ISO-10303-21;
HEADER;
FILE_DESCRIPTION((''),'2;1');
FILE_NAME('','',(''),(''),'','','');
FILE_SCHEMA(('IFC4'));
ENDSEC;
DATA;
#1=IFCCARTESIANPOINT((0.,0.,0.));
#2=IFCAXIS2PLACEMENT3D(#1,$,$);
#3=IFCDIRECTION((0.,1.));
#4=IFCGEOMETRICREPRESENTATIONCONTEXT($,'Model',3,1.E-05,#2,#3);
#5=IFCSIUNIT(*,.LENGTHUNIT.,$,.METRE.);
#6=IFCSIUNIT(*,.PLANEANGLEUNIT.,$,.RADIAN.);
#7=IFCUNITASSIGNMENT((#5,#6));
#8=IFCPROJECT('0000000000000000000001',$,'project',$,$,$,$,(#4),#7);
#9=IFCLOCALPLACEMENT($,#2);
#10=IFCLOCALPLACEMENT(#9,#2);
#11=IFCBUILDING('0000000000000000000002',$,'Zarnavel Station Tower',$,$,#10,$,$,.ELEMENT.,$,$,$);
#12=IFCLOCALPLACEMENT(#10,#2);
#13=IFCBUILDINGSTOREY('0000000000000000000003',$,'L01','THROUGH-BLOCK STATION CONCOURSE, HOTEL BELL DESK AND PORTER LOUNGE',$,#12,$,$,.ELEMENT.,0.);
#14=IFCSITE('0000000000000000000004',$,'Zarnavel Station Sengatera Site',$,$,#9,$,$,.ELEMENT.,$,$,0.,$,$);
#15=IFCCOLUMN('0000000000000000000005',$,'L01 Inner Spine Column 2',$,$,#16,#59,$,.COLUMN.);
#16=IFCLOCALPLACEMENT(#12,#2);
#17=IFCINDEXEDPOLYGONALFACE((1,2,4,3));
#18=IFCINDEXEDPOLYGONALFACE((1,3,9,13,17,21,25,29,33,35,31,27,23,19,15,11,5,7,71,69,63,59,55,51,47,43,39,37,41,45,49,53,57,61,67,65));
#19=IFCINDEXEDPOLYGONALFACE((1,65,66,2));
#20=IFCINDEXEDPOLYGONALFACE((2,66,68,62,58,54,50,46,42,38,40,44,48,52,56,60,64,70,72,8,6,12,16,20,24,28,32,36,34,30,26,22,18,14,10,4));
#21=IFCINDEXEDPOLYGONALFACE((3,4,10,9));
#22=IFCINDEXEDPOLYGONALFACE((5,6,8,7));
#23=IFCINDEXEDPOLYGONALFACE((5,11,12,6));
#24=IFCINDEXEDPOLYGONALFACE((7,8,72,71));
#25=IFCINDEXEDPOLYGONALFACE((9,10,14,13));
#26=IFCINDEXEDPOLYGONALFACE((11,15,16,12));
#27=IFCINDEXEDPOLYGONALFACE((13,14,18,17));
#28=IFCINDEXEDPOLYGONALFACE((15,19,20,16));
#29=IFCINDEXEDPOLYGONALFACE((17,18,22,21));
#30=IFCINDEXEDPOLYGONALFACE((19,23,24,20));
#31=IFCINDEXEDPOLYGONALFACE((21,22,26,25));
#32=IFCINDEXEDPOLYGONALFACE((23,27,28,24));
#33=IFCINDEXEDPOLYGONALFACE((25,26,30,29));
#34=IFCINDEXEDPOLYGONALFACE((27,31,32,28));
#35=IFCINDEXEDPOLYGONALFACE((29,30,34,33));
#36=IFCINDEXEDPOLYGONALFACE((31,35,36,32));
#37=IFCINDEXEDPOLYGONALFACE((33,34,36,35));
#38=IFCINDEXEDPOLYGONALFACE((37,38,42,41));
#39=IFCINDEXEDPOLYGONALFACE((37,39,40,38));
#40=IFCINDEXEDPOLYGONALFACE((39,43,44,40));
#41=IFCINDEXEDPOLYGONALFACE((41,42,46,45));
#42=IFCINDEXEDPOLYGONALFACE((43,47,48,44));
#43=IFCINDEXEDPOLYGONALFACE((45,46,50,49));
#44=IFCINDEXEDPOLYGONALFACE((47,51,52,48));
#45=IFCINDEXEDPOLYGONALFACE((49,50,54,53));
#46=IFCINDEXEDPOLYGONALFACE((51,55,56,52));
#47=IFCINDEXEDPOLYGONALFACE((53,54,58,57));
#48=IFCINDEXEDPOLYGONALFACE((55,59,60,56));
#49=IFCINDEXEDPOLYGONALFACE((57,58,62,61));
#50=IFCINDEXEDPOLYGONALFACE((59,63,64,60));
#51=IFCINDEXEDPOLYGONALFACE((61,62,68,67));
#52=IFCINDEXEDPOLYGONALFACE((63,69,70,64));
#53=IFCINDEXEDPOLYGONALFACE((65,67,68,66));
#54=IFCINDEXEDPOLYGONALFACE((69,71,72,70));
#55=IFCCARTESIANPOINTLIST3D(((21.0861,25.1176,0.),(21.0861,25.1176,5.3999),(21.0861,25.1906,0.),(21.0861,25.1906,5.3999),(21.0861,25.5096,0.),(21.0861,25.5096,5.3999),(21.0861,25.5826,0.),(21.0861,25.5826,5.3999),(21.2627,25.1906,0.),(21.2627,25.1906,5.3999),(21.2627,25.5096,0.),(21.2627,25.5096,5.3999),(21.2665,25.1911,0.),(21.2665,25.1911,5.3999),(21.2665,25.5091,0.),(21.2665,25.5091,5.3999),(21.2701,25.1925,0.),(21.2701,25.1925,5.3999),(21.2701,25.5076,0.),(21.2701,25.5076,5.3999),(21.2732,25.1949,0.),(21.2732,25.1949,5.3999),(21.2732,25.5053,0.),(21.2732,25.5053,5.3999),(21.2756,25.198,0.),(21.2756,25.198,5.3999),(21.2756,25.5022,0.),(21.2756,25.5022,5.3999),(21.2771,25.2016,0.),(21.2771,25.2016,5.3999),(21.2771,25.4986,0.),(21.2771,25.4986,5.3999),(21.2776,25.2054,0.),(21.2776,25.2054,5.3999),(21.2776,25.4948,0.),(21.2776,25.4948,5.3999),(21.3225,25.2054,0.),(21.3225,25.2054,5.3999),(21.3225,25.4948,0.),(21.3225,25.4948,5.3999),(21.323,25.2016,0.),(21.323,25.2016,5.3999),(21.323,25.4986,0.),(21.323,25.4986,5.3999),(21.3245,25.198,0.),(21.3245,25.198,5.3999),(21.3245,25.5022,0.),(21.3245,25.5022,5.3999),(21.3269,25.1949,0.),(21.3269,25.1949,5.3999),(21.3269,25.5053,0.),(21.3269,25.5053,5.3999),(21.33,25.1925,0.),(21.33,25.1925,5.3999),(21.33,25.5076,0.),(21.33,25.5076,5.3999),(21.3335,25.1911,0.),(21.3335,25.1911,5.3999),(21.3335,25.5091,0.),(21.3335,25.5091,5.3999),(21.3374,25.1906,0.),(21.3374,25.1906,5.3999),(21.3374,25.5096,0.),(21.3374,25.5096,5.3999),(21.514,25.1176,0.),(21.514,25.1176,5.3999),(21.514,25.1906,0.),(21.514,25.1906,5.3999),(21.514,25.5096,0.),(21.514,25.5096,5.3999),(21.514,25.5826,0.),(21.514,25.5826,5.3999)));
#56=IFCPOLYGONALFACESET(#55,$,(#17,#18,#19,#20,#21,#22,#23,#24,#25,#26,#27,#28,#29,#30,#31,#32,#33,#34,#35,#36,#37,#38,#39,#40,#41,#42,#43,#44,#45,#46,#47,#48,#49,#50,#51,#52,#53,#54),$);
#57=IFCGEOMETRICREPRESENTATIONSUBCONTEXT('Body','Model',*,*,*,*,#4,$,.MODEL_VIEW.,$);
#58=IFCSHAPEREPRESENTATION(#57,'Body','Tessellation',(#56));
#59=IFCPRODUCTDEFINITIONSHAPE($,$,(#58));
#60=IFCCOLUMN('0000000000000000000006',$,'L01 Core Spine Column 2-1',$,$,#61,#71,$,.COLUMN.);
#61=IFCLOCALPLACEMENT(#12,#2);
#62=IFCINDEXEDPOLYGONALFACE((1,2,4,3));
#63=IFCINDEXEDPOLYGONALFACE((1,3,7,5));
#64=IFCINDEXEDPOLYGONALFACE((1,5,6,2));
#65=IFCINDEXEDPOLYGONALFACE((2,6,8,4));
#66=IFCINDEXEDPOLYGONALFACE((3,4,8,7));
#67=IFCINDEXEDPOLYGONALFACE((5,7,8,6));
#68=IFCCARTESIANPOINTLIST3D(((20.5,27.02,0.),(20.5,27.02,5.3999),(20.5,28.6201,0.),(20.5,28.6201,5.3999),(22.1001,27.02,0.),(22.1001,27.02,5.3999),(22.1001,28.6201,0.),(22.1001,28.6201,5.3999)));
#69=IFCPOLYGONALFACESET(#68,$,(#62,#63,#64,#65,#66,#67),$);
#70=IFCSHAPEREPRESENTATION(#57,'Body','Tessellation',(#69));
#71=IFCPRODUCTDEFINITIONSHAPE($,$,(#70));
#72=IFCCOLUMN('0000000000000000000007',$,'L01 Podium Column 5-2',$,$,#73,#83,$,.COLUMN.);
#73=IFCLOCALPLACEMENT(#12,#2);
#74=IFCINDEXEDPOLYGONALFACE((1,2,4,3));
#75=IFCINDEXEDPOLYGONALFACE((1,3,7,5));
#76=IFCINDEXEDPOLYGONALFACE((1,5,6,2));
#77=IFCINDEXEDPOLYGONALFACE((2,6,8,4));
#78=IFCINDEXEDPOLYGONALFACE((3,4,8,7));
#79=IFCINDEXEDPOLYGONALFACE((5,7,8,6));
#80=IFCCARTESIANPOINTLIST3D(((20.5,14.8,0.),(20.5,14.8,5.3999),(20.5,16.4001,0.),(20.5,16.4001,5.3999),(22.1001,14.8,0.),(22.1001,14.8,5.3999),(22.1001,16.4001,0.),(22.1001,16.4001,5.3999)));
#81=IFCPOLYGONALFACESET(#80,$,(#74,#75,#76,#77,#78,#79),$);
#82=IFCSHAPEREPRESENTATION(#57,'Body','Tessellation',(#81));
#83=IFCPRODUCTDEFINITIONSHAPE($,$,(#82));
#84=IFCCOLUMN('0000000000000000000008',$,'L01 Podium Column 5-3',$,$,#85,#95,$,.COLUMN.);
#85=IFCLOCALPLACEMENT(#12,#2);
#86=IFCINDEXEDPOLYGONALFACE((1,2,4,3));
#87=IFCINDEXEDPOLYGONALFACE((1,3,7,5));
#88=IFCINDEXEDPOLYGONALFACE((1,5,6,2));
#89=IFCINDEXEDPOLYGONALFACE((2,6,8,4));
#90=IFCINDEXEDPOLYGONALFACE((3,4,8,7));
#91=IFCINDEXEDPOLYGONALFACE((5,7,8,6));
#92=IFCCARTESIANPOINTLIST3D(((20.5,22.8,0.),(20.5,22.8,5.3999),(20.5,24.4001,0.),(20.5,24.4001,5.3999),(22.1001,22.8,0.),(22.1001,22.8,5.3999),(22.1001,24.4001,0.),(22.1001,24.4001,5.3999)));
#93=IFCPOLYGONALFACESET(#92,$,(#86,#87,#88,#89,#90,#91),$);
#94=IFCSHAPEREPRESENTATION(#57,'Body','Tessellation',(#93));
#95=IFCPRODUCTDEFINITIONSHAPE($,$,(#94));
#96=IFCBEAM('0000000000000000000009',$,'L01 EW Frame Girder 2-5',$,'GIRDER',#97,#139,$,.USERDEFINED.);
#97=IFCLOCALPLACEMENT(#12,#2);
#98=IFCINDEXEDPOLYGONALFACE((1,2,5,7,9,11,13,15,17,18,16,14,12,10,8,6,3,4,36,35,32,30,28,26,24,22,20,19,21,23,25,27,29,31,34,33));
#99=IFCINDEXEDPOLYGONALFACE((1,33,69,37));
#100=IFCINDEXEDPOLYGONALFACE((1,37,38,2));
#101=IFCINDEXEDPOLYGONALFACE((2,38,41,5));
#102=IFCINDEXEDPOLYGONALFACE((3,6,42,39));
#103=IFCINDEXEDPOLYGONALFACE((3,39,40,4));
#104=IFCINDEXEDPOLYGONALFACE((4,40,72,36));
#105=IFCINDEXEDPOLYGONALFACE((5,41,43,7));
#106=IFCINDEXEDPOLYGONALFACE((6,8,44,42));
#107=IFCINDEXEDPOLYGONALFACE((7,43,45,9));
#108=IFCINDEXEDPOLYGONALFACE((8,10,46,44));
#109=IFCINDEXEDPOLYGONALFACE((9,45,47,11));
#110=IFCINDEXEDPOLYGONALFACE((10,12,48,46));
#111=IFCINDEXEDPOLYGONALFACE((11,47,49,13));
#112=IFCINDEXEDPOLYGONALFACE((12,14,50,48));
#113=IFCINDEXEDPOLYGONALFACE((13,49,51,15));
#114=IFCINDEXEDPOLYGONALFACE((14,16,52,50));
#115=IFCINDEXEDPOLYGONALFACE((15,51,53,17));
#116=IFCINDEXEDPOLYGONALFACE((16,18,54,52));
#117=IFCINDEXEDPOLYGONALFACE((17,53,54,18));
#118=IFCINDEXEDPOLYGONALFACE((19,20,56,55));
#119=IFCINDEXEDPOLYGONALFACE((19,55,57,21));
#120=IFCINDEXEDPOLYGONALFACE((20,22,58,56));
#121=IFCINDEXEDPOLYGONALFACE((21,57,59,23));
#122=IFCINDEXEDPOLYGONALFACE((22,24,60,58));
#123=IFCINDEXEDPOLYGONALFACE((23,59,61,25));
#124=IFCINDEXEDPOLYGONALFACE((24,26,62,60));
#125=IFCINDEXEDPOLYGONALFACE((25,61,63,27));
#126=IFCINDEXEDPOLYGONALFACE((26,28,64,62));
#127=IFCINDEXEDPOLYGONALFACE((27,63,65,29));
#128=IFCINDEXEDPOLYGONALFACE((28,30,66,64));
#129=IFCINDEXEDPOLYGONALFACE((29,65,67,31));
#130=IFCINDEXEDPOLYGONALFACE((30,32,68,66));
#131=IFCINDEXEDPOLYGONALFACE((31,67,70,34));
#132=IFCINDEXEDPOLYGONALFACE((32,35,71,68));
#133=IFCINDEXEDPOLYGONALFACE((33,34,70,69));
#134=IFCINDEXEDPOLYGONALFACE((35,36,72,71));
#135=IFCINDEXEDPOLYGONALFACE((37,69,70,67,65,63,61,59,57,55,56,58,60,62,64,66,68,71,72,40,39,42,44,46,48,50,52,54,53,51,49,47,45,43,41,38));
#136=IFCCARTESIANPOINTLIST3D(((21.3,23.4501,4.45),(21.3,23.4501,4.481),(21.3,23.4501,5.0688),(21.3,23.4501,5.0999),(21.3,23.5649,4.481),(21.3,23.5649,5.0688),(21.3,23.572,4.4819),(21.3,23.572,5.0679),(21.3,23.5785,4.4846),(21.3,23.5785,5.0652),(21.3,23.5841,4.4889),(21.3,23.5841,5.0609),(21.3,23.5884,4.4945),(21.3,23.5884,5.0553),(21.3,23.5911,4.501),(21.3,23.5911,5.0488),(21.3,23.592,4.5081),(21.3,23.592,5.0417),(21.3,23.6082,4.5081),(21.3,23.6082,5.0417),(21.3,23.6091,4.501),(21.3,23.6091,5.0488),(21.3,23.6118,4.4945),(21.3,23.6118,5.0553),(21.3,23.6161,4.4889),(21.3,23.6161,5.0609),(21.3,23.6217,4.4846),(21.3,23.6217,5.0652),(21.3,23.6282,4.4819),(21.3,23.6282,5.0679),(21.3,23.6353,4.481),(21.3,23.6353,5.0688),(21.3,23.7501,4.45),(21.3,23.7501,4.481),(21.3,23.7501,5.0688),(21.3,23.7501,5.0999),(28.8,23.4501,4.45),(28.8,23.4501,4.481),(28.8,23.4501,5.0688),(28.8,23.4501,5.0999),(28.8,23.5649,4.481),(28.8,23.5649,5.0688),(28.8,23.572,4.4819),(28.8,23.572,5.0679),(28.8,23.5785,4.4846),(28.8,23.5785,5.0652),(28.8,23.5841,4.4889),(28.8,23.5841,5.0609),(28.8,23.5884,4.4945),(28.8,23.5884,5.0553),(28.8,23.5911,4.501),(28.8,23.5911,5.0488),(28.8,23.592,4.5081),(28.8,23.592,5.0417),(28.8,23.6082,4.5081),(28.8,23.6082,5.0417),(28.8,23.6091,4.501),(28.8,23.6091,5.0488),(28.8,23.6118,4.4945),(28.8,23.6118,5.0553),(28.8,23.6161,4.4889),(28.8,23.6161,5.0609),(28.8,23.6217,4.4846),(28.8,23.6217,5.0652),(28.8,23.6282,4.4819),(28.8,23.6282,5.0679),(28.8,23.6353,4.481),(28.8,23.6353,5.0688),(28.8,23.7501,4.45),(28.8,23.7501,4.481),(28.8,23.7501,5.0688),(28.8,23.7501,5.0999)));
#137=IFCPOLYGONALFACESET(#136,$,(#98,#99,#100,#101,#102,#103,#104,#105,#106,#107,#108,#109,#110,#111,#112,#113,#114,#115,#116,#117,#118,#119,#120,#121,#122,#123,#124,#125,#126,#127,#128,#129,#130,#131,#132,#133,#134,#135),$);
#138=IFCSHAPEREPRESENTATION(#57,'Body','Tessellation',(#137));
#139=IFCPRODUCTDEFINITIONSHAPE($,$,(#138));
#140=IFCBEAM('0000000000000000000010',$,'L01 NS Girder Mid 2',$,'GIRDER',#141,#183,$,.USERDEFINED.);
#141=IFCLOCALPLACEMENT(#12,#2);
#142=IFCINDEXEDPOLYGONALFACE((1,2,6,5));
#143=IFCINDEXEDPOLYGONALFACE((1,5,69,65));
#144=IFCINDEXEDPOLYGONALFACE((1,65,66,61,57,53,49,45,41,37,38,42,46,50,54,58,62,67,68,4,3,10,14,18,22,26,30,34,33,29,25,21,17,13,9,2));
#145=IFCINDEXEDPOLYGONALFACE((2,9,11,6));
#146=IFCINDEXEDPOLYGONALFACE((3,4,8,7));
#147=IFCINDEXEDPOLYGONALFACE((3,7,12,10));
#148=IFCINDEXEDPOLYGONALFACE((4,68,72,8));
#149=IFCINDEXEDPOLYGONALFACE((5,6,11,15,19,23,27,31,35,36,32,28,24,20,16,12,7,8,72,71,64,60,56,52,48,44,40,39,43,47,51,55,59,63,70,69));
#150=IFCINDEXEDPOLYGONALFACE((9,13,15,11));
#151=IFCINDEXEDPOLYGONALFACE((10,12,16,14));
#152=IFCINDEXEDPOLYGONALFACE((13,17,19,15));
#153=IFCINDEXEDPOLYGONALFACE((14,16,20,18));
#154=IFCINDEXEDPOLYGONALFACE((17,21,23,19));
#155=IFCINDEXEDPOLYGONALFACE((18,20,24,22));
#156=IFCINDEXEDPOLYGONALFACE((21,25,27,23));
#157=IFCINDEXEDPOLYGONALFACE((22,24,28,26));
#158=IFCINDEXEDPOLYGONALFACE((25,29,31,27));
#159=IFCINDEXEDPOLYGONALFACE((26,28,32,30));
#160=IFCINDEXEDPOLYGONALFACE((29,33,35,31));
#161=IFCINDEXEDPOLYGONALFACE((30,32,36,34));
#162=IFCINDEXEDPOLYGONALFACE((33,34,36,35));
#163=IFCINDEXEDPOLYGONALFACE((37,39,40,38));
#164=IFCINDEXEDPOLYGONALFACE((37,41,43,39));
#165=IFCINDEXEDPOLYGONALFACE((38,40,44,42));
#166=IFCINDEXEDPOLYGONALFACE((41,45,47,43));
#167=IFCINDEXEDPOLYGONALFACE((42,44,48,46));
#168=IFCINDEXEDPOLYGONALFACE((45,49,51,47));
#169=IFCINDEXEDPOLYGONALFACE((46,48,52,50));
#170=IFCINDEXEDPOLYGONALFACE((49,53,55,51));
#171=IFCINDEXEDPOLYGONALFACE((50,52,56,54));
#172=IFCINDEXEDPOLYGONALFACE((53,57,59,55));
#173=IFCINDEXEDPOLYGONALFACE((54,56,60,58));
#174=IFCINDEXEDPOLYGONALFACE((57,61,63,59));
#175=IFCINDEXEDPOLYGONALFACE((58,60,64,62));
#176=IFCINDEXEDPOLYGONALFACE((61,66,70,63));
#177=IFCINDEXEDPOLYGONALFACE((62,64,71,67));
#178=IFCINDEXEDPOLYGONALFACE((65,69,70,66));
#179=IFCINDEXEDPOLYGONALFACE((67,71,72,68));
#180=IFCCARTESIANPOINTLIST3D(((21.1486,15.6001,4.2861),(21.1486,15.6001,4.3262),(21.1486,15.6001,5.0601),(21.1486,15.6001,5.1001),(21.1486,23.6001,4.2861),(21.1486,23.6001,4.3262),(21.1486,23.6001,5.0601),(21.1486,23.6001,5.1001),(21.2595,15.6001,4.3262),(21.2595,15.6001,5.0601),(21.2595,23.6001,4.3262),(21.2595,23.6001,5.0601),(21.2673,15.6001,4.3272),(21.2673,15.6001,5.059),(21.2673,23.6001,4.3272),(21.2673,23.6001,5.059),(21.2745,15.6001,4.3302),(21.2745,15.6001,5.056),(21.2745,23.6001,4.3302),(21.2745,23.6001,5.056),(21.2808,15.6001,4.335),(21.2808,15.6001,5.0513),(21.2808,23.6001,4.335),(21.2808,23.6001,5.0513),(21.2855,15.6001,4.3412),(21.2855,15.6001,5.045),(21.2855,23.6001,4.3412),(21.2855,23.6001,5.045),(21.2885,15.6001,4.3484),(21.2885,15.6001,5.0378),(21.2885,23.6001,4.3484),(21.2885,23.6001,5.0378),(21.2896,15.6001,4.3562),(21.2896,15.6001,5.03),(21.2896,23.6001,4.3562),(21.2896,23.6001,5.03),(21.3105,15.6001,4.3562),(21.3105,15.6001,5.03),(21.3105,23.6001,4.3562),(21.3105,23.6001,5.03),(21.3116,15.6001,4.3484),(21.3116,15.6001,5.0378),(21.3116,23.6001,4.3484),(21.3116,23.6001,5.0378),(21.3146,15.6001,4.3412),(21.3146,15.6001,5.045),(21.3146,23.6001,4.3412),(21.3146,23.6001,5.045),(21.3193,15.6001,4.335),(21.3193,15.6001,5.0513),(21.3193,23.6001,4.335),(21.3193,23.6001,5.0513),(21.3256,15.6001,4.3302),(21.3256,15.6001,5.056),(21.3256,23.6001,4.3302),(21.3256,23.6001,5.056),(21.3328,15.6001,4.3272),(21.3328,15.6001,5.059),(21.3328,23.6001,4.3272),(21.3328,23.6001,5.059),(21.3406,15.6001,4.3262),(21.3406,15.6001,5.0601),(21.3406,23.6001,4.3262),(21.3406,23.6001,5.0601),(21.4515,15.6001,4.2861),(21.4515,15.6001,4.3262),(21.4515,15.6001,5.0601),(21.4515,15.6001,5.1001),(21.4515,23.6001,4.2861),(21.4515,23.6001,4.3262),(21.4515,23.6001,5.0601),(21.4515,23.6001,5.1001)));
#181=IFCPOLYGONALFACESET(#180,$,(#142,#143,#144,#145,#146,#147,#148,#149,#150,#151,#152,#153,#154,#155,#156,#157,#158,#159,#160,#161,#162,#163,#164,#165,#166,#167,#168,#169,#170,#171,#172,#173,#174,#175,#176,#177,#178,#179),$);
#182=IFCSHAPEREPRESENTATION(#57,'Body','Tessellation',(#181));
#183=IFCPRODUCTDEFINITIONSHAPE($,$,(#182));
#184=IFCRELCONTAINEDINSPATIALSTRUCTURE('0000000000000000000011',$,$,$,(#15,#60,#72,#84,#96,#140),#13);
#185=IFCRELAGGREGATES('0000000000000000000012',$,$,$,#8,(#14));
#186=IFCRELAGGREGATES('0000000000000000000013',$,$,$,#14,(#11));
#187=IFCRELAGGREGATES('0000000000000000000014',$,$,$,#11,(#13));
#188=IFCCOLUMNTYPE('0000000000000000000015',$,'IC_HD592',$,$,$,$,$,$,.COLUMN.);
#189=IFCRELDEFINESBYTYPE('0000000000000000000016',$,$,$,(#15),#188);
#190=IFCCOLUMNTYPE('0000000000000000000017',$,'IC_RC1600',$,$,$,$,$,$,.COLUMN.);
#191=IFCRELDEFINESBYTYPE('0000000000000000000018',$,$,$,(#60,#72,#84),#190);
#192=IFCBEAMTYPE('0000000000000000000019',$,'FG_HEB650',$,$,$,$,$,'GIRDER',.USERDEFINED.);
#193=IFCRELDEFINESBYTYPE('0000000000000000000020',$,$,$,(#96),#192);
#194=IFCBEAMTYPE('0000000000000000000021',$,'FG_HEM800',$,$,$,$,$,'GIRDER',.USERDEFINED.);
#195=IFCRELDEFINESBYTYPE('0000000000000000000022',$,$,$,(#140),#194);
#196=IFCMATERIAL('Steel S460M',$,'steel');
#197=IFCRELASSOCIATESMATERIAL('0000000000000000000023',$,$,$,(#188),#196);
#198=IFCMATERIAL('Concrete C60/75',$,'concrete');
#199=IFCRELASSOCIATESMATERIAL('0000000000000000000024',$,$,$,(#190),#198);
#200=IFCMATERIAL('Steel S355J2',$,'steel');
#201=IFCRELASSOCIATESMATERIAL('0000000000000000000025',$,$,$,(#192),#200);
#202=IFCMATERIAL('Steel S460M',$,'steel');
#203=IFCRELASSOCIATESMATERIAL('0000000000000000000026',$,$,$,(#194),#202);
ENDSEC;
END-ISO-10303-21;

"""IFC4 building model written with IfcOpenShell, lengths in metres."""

from ifc_helpers import new_model, si_unit, direction, frame, origin, origin_2d, place, context, subcontext, project, spatial, rectangle, i_section, extrude, material, material_profile, profile_set, type_object, element, save


model = new_model("IFC4")

# Units and contexts
model_context = context("Model", 3, precision=1e-05, world=origin(), true_north=direction((0.0, 1.0)))
body_context = subcontext(model_context, "Body", "Model", "MODEL_VIEW")
ifc_project = project(units=[si_unit("LENGTHUNIT", "METRE"), si_unit("PLANEANGLEUNIT", "RADIAN")], contexts=[model_context])

# Site, building, storey
site_placement = place(None, origin())
site = spatial("IfcSite", under=ifc_project, at=site_placement, Name="Zarnavel Station Sengatera Site", CompositionType="ELEMENT", RefElevation=0.0)
building_placement = place(site_placement, origin())
building = spatial("IfcBuilding", under=site, at=building_placement, Name="Zarnavel Station Tower", CompositionType="ELEMENT")
storey_placement = place(building_placement, origin())
storey = spatial("IfcBuildingStorey", under=building, at=storey_placement, Name="L01", Description="THROUGH-BLOCK STATION CONCOURSE, HOTEL BELL DESK AND PORTER LOUNGE", CompositionType="ELEMENT", Elevation=0.0)

# Columns
ifc_material_1 = material(Name="Steel S460M", Category="steel")
ifc_material_profile_1 = material_profile(ifc_material_1, i_section(OverallWidth=0.428, OverallDepth=0.4651, WebThickness=0.0449, FlangeThickness=0.073, FilletRadius=0.0149, at=origin_2d()), Name="HD400x592")
ifc_profile_set_1 = profile_set([ifc_material_profile_1], Name="Steel S460M")
column_type_1 = type_object("IfcColumnType", Name="IC_HD592", PredefinedType="COLUMN", material=ifc_profile_set_1)
column_placement = place(storey_placement, frame((21.3, 25.3501, 0.0), z_axis=(0.0, 0.0, 1.0), x_axis=(1.0, 0.0, 0.0)))
element("IfcColumn", 1, at=column_placement, inside=storey, type_object=column_type_1, Name="L01 Inner Spine Column 2", PredefinedType="COLUMN", context=body_context, shape_type="SweptSolid", body=[
    extrude(i_section(OverallWidth=0.428, OverallDepth=0.4651, WebThickness=0.0449, FlangeThickness=0.073, FilletRadius=0.0149, at=origin_2d()), origin(), (0.0, 0.0, 1.0), 5.3999),
])
ifc_material_2 = material(Name="Concrete C60/75", Category="concrete")
ifc_material_profile_2 = material_profile(ifc_material_2, rectangle(XDim=1.6001, YDim=1.6001, at=origin_2d()), Name="RC1600x1600")
ifc_profile_set_2 = profile_set([ifc_material_profile_2], Name="Concrete C60/75")
column_type_2 = type_object("IfcColumnType", Name="IC_RC1600", PredefinedType="COLUMN", material=ifc_profile_set_2)
for number, where, z_axis, x_axis, name in (
    (2, (21.3, 27.8201, 0.0), (0.0, 0.0, 1.0), (1.0, 0.0, 0.0), "L01 Core Spine Column 2-1"),
    (3, (21.3, 15.6001, 0.0), (0.0, 0.0, 1.0), (1.0, 0.0, 0.0), "L01 Podium Column 5-2"),
    (4, (21.3, 23.6001, 0.0), (0.0, 0.0, 1.0), (1.0, 0.0, 0.0), "L01 Podium Column 5-3"),
):
    element("IfcColumn", number, at=place(storey_placement, frame(where, z_axis=z_axis, x_axis=x_axis)), inside=storey, type_object=column_type_2, Name=name, PredefinedType="COLUMN", context=body_context, shape_type="SweptSolid", body=[
        extrude(rectangle(XDim=1.6001, YDim=1.6001, at=origin_2d()), origin(), (0.0, 0.0, 1.0), 5.3999),
    ])

# Beams
ifc_material_3 = material(Name="Steel S355J2", Category="steel")
ifc_material_profile_3 = material_profile(ifc_material_3, i_section(OverallWidth=0.3, OverallDepth=0.6499, WebThickness=0.0161, FlangeThickness=0.031, FilletRadius=0.0271, at=origin_2d()), Name="HEB650")
ifc_profile_set_3 = profile_set([ifc_material_profile_3], Name="Steel S355J2")
beam_type_1 = type_object("IfcBeamType", Name="FG_HEB650", ElementType="GIRDER", PredefinedType="USERDEFINED", material=ifc_profile_set_3)
beam_1_placement = place(storey_placement, frame((21.3, 23.6001, 4.7749), z_axis=(1.0, 0.0, 0.0), x_axis=(0.0, 1.0, 0.0)))
element("IfcBeam", 5, at=beam_1_placement, inside=storey, type_object=beam_type_1, Name="L01 EW Frame Girder 2-5", ObjectType="GIRDER", PredefinedType="USERDEFINED", context=body_context, shape_type="SweptSolid", body=[
    extrude(i_section(OverallWidth=0.3, OverallDepth=0.6499, WebThickness=0.0161, FlangeThickness=0.031, FilletRadius=0.0271, at=origin_2d()), origin(), (0.0, 0.0, 1.0), 7.5),
])
ifc_material_4 = material(Name="Steel S460M", Category="steel")
ifc_material_profile_4 = material_profile(ifc_material_4, i_section(OverallWidth=0.303, OverallDepth=0.814, WebThickness=0.021, FlangeThickness=0.04, FilletRadius=0.03, at=origin_2d()), Name="HEM800")
ifc_profile_set_4 = profile_set([ifc_material_profile_4], Name="Steel S460M")
beam_type_2 = type_object("IfcBeamType", Name="FG_HEM800", ElementType="GIRDER", PredefinedType="USERDEFINED", material=ifc_profile_set_4)
beam_2_placement = place(storey_placement, frame((21.3, 15.6001, 4.6931), z_axis=(0.0, 1.0, 0.0), x_axis=(-1.0, 0.0, 0.0)))
element("IfcBeam", 6, at=beam_2_placement, inside=storey, type_object=beam_type_2, Name="L01 NS Girder Mid 2", ObjectType="GIRDER", PredefinedType="USERDEFINED", context=body_context, shape_type="SweptSolid", body=[
    extrude(i_section(OverallWidth=0.303, OverallDepth=0.814, WebThickness=0.021, FlangeThickness=0.04, FilletRadius=0.03, at=origin_2d()), origin(), (0.0, 0.0, 1.0), 8.0),
])

save(model, "model.ifc")
